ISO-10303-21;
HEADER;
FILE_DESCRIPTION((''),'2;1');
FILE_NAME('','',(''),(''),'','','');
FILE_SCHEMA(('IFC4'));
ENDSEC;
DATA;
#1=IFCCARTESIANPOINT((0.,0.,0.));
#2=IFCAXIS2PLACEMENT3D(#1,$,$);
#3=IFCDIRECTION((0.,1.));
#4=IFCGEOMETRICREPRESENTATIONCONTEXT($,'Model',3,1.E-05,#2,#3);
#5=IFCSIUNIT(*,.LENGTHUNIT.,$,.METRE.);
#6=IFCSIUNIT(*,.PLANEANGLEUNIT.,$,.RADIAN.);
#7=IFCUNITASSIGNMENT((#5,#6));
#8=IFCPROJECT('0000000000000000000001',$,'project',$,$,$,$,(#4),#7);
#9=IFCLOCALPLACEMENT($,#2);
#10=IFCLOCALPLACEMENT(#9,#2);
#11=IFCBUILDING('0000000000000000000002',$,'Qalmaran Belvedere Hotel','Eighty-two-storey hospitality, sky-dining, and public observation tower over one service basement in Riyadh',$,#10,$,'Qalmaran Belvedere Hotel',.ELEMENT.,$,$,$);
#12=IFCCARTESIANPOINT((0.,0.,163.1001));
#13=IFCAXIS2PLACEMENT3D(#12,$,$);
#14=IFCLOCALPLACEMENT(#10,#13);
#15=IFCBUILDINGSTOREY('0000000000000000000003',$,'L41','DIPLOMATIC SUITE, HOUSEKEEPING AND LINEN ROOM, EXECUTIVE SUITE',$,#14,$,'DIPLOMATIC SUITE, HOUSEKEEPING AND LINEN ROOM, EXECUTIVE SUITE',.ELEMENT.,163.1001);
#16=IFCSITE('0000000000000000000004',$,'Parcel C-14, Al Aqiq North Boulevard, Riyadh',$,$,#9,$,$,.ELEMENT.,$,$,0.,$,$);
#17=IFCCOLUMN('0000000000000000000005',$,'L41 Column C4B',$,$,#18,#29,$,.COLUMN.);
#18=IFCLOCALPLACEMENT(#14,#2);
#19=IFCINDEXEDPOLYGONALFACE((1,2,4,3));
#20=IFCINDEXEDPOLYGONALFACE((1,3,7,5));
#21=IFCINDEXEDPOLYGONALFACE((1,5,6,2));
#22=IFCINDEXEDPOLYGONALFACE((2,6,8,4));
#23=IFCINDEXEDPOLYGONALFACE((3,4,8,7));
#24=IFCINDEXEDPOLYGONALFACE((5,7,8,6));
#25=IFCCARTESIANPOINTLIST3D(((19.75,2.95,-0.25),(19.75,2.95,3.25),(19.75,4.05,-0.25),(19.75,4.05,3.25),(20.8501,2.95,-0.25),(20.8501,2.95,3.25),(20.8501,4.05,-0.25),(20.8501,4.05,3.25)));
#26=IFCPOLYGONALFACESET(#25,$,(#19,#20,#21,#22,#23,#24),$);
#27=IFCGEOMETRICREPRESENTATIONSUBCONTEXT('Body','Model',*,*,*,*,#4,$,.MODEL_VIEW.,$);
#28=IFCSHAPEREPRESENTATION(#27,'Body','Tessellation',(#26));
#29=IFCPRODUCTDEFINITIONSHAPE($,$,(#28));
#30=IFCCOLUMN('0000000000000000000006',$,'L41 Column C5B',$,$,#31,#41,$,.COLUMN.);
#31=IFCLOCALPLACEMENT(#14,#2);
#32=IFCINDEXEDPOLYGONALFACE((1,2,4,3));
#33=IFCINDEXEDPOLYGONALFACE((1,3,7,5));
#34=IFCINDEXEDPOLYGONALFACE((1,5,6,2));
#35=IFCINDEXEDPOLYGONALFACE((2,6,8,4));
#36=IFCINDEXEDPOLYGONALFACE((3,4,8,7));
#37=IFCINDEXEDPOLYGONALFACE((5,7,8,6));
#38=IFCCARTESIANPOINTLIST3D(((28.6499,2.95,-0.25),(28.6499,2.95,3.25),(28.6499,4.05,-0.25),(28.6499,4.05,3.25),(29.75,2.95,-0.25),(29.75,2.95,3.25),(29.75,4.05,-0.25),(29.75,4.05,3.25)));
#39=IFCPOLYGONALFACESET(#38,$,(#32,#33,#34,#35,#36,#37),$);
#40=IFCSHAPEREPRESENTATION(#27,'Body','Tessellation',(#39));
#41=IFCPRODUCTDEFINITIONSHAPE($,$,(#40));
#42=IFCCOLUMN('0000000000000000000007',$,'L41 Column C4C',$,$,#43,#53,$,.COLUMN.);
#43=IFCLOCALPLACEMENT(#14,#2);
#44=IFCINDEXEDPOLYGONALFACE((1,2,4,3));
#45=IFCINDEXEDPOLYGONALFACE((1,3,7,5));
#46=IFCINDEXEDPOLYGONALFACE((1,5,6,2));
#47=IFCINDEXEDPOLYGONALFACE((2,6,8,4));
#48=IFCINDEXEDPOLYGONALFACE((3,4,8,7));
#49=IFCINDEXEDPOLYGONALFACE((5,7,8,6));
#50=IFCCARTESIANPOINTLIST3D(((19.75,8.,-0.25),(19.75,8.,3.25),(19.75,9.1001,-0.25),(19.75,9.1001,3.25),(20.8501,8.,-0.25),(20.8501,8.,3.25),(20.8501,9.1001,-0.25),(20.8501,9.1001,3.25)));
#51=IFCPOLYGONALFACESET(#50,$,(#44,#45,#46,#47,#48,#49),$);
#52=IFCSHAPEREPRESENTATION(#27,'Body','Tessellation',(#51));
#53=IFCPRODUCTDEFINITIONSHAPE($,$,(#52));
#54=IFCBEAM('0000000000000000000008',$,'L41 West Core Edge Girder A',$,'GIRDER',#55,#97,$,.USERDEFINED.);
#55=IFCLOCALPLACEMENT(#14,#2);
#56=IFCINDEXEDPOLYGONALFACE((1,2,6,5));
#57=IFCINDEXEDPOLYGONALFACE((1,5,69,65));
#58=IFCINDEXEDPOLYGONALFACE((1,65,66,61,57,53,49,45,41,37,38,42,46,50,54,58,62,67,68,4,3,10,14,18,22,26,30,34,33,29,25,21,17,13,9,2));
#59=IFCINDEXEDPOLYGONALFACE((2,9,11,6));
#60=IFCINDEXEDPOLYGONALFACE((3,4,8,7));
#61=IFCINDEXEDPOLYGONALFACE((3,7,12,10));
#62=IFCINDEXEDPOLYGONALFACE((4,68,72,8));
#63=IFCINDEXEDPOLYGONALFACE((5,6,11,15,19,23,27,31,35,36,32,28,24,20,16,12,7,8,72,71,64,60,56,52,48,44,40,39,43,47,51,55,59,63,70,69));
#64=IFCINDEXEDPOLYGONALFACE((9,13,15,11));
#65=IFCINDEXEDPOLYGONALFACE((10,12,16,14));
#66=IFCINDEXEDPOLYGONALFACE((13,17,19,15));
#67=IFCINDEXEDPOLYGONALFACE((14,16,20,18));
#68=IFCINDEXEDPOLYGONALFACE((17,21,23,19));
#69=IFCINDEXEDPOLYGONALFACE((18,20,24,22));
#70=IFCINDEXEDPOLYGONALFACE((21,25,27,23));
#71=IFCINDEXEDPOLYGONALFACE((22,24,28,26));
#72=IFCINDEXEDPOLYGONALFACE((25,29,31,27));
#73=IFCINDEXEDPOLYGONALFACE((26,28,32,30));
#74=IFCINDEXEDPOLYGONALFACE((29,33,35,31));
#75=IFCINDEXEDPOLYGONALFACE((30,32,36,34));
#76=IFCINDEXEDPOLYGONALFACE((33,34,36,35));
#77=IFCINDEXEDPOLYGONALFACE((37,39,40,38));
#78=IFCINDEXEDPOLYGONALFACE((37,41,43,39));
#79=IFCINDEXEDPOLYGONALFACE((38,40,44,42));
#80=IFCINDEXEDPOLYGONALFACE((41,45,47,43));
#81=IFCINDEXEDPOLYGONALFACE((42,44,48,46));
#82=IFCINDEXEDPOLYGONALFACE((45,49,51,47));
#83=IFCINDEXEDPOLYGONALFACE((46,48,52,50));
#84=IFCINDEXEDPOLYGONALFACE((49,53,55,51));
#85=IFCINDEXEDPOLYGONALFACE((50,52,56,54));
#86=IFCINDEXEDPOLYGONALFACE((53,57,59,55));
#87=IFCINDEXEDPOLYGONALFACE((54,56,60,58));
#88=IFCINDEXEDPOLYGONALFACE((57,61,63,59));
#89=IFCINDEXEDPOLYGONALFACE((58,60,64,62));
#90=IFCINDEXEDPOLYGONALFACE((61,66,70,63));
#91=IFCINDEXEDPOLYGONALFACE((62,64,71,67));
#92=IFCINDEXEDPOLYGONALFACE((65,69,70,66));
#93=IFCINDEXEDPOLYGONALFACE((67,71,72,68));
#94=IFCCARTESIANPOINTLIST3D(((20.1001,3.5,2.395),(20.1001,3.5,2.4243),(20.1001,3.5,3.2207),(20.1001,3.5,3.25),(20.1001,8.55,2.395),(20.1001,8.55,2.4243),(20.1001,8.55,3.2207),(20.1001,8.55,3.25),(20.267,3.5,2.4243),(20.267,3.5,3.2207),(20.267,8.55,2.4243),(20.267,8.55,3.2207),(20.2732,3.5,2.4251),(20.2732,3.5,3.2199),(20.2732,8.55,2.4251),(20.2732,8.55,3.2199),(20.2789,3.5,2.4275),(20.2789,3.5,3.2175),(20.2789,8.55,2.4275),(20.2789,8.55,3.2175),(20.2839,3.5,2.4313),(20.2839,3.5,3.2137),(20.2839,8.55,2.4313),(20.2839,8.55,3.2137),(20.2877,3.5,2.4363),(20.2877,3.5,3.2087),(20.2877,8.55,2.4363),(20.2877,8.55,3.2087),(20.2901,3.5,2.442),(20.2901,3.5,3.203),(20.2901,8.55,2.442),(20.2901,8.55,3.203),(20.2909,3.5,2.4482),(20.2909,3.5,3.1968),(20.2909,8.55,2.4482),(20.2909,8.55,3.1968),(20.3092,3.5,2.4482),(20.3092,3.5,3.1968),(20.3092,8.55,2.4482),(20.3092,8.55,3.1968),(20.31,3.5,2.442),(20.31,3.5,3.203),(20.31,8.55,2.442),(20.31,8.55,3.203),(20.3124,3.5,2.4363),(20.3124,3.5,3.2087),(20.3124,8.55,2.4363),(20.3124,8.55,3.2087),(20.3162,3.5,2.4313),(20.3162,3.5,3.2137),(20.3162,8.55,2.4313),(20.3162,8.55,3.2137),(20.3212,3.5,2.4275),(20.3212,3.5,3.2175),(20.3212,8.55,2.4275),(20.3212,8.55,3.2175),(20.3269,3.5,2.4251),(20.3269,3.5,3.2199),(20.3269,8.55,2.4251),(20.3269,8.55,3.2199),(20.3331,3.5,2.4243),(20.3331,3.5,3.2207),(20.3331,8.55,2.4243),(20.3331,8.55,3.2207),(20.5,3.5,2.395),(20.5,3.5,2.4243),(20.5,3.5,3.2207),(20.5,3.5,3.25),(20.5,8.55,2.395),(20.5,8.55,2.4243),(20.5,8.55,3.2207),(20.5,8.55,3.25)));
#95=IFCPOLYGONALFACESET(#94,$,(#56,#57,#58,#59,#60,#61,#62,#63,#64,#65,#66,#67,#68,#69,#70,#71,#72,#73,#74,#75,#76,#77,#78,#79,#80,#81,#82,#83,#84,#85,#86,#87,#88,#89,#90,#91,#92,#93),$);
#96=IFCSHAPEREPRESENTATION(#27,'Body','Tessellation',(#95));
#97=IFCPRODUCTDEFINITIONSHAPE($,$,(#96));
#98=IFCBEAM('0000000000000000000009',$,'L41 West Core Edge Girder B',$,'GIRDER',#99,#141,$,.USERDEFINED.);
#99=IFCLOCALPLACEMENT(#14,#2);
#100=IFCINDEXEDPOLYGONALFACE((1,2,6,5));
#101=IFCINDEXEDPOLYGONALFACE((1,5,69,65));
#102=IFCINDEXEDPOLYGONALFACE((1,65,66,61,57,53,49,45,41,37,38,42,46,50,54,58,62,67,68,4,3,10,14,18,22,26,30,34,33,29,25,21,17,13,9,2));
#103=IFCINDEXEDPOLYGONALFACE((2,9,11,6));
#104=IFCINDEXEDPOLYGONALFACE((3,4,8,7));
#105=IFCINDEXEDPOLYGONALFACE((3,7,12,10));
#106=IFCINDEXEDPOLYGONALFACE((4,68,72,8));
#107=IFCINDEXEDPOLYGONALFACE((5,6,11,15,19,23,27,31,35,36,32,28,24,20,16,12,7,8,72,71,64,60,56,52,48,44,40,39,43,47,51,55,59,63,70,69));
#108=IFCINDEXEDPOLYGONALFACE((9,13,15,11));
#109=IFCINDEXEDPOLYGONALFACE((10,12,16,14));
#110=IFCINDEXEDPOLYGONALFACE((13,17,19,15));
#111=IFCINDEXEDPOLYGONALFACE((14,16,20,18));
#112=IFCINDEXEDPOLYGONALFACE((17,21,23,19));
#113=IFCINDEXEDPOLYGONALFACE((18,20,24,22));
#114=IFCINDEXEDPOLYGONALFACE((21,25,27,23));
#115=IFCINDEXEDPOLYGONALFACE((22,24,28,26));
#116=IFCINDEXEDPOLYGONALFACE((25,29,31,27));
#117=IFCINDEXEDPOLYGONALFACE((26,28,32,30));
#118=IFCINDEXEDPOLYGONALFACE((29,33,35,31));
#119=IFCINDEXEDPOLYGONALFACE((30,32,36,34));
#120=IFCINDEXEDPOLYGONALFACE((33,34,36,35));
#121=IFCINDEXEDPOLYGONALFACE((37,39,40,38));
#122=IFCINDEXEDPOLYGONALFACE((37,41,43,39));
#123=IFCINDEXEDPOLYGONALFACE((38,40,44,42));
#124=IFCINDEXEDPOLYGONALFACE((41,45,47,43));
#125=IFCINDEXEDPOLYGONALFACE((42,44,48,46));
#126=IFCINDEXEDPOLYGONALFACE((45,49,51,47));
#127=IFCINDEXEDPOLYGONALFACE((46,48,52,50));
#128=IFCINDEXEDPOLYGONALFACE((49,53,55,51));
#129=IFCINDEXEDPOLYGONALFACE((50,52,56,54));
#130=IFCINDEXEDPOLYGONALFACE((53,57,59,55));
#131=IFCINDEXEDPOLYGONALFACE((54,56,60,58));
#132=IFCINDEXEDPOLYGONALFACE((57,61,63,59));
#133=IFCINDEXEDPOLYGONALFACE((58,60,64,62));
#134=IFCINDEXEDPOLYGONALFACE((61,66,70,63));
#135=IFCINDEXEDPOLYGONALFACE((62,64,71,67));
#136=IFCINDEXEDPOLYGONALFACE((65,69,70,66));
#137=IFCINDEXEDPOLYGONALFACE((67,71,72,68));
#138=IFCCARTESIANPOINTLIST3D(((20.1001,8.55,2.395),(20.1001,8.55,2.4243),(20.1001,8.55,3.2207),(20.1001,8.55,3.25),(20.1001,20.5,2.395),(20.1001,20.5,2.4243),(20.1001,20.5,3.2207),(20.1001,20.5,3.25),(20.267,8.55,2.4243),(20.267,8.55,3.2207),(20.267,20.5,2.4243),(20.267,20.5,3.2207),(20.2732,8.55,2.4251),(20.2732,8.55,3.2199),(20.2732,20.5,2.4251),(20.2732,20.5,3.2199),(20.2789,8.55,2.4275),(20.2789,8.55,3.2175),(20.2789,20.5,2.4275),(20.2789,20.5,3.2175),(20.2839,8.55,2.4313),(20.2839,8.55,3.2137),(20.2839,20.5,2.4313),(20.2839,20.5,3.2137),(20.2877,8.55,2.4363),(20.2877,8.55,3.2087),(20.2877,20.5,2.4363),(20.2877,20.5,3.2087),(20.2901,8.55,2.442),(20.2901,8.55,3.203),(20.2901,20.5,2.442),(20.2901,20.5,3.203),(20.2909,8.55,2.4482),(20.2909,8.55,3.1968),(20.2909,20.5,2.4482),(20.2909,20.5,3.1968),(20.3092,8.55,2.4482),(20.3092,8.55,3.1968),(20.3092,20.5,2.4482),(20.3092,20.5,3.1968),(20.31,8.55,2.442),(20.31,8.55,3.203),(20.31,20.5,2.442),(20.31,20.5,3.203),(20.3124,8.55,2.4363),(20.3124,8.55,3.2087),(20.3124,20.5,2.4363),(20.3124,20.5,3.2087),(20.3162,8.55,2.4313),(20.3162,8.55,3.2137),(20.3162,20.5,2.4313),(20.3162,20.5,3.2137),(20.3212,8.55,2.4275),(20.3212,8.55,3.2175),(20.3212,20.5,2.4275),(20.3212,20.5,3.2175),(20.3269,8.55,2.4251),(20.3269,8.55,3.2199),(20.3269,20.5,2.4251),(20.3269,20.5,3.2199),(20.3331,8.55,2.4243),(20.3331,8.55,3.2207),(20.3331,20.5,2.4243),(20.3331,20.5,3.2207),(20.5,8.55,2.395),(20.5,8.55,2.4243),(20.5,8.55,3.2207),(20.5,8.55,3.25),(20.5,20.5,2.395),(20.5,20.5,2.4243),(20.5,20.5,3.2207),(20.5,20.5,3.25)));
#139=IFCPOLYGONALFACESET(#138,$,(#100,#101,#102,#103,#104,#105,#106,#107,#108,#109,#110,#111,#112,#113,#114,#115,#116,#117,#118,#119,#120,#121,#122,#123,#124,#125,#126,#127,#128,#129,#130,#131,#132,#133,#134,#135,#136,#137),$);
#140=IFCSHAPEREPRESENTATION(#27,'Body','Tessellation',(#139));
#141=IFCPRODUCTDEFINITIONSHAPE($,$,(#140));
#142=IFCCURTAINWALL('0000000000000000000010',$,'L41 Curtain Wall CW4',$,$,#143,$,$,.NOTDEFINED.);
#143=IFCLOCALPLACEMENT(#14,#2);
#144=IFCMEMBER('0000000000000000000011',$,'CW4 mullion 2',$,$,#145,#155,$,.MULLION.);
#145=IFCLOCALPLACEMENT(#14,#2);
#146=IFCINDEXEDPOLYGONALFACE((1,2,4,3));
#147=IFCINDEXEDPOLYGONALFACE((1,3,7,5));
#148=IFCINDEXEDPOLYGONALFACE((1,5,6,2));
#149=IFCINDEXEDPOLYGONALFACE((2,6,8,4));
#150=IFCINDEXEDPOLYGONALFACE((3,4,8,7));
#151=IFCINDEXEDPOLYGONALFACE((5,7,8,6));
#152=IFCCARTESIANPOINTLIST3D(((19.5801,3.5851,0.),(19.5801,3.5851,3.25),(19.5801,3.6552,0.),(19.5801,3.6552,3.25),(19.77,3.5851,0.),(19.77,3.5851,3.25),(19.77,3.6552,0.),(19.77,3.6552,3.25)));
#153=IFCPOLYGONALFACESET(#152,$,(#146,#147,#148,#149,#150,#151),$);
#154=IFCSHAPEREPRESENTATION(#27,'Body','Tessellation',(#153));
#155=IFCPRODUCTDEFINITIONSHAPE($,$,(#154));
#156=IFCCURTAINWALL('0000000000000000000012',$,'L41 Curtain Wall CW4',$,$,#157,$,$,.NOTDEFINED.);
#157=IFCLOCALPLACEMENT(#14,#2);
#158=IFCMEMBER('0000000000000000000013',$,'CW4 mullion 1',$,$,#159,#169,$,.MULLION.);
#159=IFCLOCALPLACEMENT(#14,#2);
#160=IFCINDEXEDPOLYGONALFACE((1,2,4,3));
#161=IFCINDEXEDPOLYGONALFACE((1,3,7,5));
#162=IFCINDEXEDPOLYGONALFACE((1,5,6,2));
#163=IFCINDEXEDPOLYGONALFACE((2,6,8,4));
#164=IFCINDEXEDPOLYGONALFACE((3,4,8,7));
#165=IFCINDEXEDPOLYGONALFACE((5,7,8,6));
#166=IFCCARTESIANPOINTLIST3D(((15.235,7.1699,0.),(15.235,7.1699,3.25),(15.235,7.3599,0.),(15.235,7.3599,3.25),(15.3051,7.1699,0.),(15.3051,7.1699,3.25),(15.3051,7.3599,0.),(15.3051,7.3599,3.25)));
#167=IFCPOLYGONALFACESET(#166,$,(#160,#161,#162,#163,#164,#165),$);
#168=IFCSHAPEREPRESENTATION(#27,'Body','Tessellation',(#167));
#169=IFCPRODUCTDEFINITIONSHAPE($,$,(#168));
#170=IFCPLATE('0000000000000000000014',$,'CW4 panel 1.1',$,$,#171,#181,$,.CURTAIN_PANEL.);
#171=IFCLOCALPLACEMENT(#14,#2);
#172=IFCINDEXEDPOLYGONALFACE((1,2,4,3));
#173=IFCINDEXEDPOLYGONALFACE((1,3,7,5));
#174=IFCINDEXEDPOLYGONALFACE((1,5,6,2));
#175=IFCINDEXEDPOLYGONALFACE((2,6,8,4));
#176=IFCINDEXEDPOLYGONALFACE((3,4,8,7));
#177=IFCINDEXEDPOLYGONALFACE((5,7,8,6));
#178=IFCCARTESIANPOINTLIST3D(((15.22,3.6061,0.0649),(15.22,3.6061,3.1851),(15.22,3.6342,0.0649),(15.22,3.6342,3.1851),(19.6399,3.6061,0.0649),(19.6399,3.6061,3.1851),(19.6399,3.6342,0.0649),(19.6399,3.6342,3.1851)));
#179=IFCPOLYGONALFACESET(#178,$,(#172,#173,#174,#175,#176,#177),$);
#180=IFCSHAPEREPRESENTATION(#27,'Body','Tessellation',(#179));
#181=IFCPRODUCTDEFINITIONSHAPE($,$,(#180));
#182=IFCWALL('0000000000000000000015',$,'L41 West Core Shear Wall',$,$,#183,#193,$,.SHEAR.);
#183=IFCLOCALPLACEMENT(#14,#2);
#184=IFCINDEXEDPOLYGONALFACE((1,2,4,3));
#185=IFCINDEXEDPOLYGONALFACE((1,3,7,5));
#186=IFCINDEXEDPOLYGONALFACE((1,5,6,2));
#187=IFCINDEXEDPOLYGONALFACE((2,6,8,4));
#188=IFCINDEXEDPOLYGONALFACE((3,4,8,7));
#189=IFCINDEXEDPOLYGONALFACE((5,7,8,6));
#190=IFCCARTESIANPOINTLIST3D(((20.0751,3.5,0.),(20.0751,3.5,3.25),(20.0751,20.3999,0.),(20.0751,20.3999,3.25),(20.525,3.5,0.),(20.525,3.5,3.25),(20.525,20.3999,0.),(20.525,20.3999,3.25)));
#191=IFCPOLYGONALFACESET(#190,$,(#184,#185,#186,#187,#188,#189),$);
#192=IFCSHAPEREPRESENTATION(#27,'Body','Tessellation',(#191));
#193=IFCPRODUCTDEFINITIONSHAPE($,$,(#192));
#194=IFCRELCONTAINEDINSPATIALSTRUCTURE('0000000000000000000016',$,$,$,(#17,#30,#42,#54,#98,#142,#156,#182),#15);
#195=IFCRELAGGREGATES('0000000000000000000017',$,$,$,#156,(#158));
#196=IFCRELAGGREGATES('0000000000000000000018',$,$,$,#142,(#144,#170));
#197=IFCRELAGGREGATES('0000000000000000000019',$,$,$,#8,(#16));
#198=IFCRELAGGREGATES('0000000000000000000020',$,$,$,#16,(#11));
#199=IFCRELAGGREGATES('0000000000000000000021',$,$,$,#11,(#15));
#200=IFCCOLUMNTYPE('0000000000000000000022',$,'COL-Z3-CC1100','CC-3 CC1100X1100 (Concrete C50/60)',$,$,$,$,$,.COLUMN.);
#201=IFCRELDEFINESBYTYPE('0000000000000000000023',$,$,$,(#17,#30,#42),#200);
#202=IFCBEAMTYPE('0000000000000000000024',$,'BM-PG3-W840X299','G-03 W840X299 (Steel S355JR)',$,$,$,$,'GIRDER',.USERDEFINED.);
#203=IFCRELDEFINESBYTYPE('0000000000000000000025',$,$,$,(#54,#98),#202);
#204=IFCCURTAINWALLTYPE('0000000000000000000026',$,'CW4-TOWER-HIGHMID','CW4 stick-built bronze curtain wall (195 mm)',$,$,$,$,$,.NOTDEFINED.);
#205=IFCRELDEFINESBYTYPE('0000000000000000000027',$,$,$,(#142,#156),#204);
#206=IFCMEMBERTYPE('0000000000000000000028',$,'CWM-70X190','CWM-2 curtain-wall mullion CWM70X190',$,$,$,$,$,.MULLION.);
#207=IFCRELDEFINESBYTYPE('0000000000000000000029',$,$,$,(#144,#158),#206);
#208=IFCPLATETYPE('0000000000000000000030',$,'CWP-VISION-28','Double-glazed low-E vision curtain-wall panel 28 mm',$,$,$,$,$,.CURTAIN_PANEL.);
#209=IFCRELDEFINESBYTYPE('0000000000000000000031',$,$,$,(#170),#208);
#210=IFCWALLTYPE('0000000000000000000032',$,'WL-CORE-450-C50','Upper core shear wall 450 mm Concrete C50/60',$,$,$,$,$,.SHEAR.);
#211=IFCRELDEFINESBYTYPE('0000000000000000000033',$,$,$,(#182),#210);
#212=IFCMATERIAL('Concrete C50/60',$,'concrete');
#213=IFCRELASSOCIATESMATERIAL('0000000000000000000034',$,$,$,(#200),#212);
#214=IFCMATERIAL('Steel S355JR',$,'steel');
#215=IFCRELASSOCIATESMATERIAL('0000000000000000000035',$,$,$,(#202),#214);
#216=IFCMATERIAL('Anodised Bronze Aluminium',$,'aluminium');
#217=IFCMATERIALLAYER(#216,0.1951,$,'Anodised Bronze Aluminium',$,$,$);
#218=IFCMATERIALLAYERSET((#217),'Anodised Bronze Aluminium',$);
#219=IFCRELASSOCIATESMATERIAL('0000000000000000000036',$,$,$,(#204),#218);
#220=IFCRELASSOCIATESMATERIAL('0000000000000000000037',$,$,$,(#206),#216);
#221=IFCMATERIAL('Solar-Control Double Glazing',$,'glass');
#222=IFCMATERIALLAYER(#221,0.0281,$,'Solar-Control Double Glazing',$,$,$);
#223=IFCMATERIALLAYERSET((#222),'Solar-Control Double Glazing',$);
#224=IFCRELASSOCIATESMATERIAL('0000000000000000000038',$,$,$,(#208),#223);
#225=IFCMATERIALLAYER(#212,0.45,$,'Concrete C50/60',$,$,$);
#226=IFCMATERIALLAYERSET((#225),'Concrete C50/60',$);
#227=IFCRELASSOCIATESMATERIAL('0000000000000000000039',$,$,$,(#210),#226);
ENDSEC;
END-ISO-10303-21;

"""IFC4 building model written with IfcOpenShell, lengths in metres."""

from ifc_helpers import new_model, si_unit, direction, frame, frame_2d, origin, origin_2d, place, context, subcontext, project, spatial, rectangle, i_section, extrude, material, layer, layer_set, material_profile, profile_set, type_object, element, aggregate, save


model = new_model("IFC4")

# Units and contexts
model_context = context("Model", 3, precision=1e-05, world=origin(), true_north=direction((0.0, 1.0)))
body_context = subcontext(model_context, "Body", "Model", "MODEL_VIEW")
ifc_project = project(units=[si_unit("LENGTHUNIT", "METRE"), si_unit("PLANEANGLEUNIT", "RADIAN")], contexts=[model_context])

# Site, building, storey
site_placement = place(None, origin())
site = spatial("IfcSite", under=ifc_project, at=site_placement, Name="Parcel C-14, Al Aqiq North Boulevard, Riyadh", CompositionType="ELEMENT", RefElevation=0.0)
building_placement = place(site_placement, origin())
building = spatial("IfcBuilding", under=site, at=building_placement, Name="Qalmaran Belvedere Hotel", Description="Eighty-two-storey hospitality, sky-dining, and public observation tower over one service basement in Riyadh", LongName="Qalmaran Belvedere Hotel", CompositionType="ELEMENT")
storey_placement = place(building_placement, frame((0.0, 0.0, 163.1001)))
storey = spatial("IfcBuildingStorey", under=building, at=storey_placement, Name="L41", Description="DIPLOMATIC SUITE, HOUSEKEEPING AND LINEN ROOM, EXECUTIVE SUITE", LongName="DIPLOMATIC SUITE, HOUSEKEEPING AND LINEN ROOM, EXECUTIVE SUITE", CompositionType="ELEMENT", Elevation=163.1001)

# Columns
ifc_material_1 = material(Name="Concrete C50/60", Category="concrete")
ifc_material_profile_1 = material_profile(ifc_material_1, rectangle(XDim=1.1001, YDim=1.1001, at=origin_2d()), Name="CC1100X1100")
ifc_profile_set_1 = profile_set([ifc_material_profile_1], Name="Concrete C50/60")
column_type = type_object("IfcColumnType", Name="COL-Z3-CC1100", Description="CC-3 CC1100X1100 (Concrete C50/60)", PredefinedType="COLUMN", material=ifc_profile_set_1)
for number, where, z_axis, x_axis, name in (
    (1, (20.3, 3.5, -0.25), (0.0, 0.0, 1.0), (1.0, 0.0, 0.0), "L41 Column C4B"),
    (2, (29.2, 3.5, -0.25), (0.0, 0.0, 1.0), (1.0, 0.0, 0.0), "L41 Column C5B"),
    (3, (20.3, 8.55, -0.25), (0.0, 0.0, 1.0), (1.0, 0.0, 0.0), "L41 Column C4C"),
):
    element("IfcColumn", number, at=place(storey_placement, frame(where, z_axis=z_axis, x_axis=x_axis)), inside=storey, type_object=column_type, Name=name, PredefinedType="COLUMN", context=body_context, shape_type="SweptSolid", body=[
        extrude(rectangle(XDim=1.1001, YDim=1.1001, at=origin_2d()), origin(), (0.0, 0.0, 1.0), 3.5),
    ])

# Beams
ifc_material_2 = material(Name="Steel S355JR", Category="steel")
ifc_material_profile_2 = material_profile(ifc_material_2, i_section(OverallWidth=0.3999, OverallDepth=0.855, WebThickness=0.0183, FlangeThickness=0.0293, FilletRadius=0.0239, at=origin_2d()), Name="W840X299")
ifc_profile_set_2 = profile_set([ifc_material_profile_2], Name="Steel S355JR")
beam_type = type_object("IfcBeamType", Name="BM-PG3-W840X299", Description="G-03 W840X299 (Steel S355JR)", ElementType="GIRDER", PredefinedType="USERDEFINED", material=ifc_profile_set_2)
beam_1_placement = place(storey_placement, frame((20.3, 3.5, 2.8225), z_axis=(0.0, 1.0, 0.0), x_axis=(-1.0, 0.0, 0.0)))
element("IfcBeam", 4, at=beam_1_placement, inside=storey, type_object=beam_type, Name="L41 West Core Edge Girder A", ObjectType="GIRDER", PredefinedType="USERDEFINED", context=body_context, shape_type="SweptSolid", body=[
    extrude(i_section(OverallWidth=0.3999, OverallDepth=0.855, WebThickness=0.0183, FlangeThickness=0.0293, FilletRadius=0.0239, at=origin_2d()), origin(), (0.0, 0.0, 1.0), 5.05),
])
beam_2_placement = place(storey_placement, frame((20.3, 8.55, 2.8225), z_axis=(0.0, 1.0, 0.0), x_axis=(-1.0, 0.0, 0.0)))
element("IfcBeam", 5, at=beam_2_placement, inside=storey, type_object=beam_type, Name="L41 West Core Edge Girder B", ObjectType="GIRDER", PredefinedType="USERDEFINED", context=body_context, shape_type="SweptSolid", body=[
    extrude(i_section(OverallWidth=0.3999, OverallDepth=0.855, WebThickness=0.0183, FlangeThickness=0.0293, FilletRadius=0.0239, at=origin_2d()), origin(), (0.0, 0.0, 1.0), 11.95),
])

# Curtain walls, members
ifc_material_3 = material(Name="Anodised Bronze Aluminium", Category="aluminium")
ifc_layer_1 = layer(ifc_material_3, 0.1951, Name="Anodised Bronze Aluminium")
ifc_layer_set_1 = layer_set([ifc_layer_1], Name="Anodised Bronze Aluminium")
curtain_wall_type = type_object("IfcCurtainWallType", Name="CW4-TOWER-HIGHMID", Description="CW4 stick-built bronze curtain wall (195 mm)", PredefinedType="NOTDEFINED", material=ifc_layer_set_1)
curtain_wall_1_placement = place(storey_placement, origin())
curtain_wall_1 = element("IfcCurtainWall", 6, at=curtain_wall_1_placement, inside=storey, type_object=curtain_wall_type, Name="L41 Curtain Wall CW4", PredefinedType="NOTDEFINED")
ifc_material_profile_3 = material_profile(ifc_material_3, rectangle(XDim=0.0701, YDim=0.1899, at=origin_2d()), Name="CWM70X190")
ifc_profile_set_3 = profile_set([ifc_material_profile_3], Name="Anodised Bronze Aluminium")
member_type = type_object("IfcMemberType", Name="CWM-70X190", Description="CWM-2 curtain-wall mullion CWM70X190", PredefinedType="MULLION", material=ifc_profile_set_3)
member_1_placement = place(storey_placement, frame((19.675, 3.6201, 0.0), z_axis=(0.0, 0.0, 1.0), x_axis=(0.0, 1.0, 0.0)))
member_1 = element("IfcMember", 7, at=member_1_placement, type_object=member_type, Name="CW4 mullion 2", PredefinedType="MULLION", context=body_context, shape_type="SweptSolid", body=[
    extrude(rectangle(XDim=0.0701, YDim=0.1899, at=origin_2d()), origin(), (0.0, 0.0, 1.0), 3.25),
])
curtain_wall_2_placement = place(storey_placement, origin())
curtain_wall_2 = element("IfcCurtainWall", 8, at=curtain_wall_2_placement, inside=storey, type_object=curtain_wall_type, Name="L41 Curtain Wall CW4", PredefinedType="NOTDEFINED")
member_2_placement = place(storey_placement, frame((15.27, 7.2649, 0.0), z_axis=(0.0, 0.0, 1.0), x_axis=(1.0, 0.0, 0.0)))
member_2 = element("IfcMember", 9, at=member_2_placement, type_object=member_type, Name="CW4 mullion 1", PredefinedType="MULLION", context=body_context, shape_type="SweptSolid", body=[
    extrude(rectangle(XDim=0.0701, YDim=0.1899, at=origin_2d()), origin(), (0.0, 0.0, 1.0), 3.25),
])
aggregate(curtain_wall_2, [member_2])

# Plate
ifc_material_4 = material(Name="Solar-Control Double Glazing", Category="glass")
ifc_layer_2 = layer(ifc_material_4, 0.0281, Name="Solar-Control Double Glazing")
ifc_layer_set_2 = layer_set([ifc_layer_2], Name="Solar-Control Double Glazing")
plate_type = type_object("IfcPlateType", Name="CWP-VISION-28", Description="Double-glazed low-E vision curtain-wall panel 28 mm", PredefinedType="CURTAIN_PANEL", material=ifc_layer_set_2)
plate_placement = place(storey_placement, frame((17.4299, 3.6201, 0.0649), z_axis=(0.0, 0.0, 1.0), x_axis=(1.0, 0.0, 0.0)))
plate = element("IfcPlate", 10, at=plate_placement, type_object=plate_type, Name="CW4 panel 1.1", PredefinedType="CURTAIN_PANEL", context=body_context, shape_type="SweptSolid", body=[
    extrude(rectangle(XDim=4.4199, YDim=0.0281, at=origin_2d()), origin(), (0.0, 0.0, 1.0), 3.1201),
])
aggregate(curtain_wall_1, [member_1, plate])

# Wall
ifc_layer_3 = layer(ifc_material_1, 0.45, Name="Concrete C50/60")
ifc_layer_set_3 = layer_set([ifc_layer_3], Name="Concrete C50/60")
wall_type_1 = type_object("IfcWallType", Name="WL-CORE-450-C50", Description="Upper core shear wall 450 mm Concrete C50/60", PredefinedType="SHEAR", material=ifc_layer_set_3)
wall_1_placement = place(storey_placement, frame((20.3, 3.5, 0.0), z_axis=(0.0, 0.0, 1.0), x_axis=(0.0, 1.0, 0.0)))
element("IfcWall", 11, at=wall_1_placement, inside=storey, type_object=wall_type_1, Name="L41 West Core Shear Wall", PredefinedType="SHEAR", context=body_context, shape_type="SweptSolid", body=[
    extrude(rectangle(XDim=16.8999, YDim=0.45, at=frame_2d((8.45, 0.0))), origin(), (0.0, 0.0, 1.0), 3.25),
])

save(model, "model.ifc")
